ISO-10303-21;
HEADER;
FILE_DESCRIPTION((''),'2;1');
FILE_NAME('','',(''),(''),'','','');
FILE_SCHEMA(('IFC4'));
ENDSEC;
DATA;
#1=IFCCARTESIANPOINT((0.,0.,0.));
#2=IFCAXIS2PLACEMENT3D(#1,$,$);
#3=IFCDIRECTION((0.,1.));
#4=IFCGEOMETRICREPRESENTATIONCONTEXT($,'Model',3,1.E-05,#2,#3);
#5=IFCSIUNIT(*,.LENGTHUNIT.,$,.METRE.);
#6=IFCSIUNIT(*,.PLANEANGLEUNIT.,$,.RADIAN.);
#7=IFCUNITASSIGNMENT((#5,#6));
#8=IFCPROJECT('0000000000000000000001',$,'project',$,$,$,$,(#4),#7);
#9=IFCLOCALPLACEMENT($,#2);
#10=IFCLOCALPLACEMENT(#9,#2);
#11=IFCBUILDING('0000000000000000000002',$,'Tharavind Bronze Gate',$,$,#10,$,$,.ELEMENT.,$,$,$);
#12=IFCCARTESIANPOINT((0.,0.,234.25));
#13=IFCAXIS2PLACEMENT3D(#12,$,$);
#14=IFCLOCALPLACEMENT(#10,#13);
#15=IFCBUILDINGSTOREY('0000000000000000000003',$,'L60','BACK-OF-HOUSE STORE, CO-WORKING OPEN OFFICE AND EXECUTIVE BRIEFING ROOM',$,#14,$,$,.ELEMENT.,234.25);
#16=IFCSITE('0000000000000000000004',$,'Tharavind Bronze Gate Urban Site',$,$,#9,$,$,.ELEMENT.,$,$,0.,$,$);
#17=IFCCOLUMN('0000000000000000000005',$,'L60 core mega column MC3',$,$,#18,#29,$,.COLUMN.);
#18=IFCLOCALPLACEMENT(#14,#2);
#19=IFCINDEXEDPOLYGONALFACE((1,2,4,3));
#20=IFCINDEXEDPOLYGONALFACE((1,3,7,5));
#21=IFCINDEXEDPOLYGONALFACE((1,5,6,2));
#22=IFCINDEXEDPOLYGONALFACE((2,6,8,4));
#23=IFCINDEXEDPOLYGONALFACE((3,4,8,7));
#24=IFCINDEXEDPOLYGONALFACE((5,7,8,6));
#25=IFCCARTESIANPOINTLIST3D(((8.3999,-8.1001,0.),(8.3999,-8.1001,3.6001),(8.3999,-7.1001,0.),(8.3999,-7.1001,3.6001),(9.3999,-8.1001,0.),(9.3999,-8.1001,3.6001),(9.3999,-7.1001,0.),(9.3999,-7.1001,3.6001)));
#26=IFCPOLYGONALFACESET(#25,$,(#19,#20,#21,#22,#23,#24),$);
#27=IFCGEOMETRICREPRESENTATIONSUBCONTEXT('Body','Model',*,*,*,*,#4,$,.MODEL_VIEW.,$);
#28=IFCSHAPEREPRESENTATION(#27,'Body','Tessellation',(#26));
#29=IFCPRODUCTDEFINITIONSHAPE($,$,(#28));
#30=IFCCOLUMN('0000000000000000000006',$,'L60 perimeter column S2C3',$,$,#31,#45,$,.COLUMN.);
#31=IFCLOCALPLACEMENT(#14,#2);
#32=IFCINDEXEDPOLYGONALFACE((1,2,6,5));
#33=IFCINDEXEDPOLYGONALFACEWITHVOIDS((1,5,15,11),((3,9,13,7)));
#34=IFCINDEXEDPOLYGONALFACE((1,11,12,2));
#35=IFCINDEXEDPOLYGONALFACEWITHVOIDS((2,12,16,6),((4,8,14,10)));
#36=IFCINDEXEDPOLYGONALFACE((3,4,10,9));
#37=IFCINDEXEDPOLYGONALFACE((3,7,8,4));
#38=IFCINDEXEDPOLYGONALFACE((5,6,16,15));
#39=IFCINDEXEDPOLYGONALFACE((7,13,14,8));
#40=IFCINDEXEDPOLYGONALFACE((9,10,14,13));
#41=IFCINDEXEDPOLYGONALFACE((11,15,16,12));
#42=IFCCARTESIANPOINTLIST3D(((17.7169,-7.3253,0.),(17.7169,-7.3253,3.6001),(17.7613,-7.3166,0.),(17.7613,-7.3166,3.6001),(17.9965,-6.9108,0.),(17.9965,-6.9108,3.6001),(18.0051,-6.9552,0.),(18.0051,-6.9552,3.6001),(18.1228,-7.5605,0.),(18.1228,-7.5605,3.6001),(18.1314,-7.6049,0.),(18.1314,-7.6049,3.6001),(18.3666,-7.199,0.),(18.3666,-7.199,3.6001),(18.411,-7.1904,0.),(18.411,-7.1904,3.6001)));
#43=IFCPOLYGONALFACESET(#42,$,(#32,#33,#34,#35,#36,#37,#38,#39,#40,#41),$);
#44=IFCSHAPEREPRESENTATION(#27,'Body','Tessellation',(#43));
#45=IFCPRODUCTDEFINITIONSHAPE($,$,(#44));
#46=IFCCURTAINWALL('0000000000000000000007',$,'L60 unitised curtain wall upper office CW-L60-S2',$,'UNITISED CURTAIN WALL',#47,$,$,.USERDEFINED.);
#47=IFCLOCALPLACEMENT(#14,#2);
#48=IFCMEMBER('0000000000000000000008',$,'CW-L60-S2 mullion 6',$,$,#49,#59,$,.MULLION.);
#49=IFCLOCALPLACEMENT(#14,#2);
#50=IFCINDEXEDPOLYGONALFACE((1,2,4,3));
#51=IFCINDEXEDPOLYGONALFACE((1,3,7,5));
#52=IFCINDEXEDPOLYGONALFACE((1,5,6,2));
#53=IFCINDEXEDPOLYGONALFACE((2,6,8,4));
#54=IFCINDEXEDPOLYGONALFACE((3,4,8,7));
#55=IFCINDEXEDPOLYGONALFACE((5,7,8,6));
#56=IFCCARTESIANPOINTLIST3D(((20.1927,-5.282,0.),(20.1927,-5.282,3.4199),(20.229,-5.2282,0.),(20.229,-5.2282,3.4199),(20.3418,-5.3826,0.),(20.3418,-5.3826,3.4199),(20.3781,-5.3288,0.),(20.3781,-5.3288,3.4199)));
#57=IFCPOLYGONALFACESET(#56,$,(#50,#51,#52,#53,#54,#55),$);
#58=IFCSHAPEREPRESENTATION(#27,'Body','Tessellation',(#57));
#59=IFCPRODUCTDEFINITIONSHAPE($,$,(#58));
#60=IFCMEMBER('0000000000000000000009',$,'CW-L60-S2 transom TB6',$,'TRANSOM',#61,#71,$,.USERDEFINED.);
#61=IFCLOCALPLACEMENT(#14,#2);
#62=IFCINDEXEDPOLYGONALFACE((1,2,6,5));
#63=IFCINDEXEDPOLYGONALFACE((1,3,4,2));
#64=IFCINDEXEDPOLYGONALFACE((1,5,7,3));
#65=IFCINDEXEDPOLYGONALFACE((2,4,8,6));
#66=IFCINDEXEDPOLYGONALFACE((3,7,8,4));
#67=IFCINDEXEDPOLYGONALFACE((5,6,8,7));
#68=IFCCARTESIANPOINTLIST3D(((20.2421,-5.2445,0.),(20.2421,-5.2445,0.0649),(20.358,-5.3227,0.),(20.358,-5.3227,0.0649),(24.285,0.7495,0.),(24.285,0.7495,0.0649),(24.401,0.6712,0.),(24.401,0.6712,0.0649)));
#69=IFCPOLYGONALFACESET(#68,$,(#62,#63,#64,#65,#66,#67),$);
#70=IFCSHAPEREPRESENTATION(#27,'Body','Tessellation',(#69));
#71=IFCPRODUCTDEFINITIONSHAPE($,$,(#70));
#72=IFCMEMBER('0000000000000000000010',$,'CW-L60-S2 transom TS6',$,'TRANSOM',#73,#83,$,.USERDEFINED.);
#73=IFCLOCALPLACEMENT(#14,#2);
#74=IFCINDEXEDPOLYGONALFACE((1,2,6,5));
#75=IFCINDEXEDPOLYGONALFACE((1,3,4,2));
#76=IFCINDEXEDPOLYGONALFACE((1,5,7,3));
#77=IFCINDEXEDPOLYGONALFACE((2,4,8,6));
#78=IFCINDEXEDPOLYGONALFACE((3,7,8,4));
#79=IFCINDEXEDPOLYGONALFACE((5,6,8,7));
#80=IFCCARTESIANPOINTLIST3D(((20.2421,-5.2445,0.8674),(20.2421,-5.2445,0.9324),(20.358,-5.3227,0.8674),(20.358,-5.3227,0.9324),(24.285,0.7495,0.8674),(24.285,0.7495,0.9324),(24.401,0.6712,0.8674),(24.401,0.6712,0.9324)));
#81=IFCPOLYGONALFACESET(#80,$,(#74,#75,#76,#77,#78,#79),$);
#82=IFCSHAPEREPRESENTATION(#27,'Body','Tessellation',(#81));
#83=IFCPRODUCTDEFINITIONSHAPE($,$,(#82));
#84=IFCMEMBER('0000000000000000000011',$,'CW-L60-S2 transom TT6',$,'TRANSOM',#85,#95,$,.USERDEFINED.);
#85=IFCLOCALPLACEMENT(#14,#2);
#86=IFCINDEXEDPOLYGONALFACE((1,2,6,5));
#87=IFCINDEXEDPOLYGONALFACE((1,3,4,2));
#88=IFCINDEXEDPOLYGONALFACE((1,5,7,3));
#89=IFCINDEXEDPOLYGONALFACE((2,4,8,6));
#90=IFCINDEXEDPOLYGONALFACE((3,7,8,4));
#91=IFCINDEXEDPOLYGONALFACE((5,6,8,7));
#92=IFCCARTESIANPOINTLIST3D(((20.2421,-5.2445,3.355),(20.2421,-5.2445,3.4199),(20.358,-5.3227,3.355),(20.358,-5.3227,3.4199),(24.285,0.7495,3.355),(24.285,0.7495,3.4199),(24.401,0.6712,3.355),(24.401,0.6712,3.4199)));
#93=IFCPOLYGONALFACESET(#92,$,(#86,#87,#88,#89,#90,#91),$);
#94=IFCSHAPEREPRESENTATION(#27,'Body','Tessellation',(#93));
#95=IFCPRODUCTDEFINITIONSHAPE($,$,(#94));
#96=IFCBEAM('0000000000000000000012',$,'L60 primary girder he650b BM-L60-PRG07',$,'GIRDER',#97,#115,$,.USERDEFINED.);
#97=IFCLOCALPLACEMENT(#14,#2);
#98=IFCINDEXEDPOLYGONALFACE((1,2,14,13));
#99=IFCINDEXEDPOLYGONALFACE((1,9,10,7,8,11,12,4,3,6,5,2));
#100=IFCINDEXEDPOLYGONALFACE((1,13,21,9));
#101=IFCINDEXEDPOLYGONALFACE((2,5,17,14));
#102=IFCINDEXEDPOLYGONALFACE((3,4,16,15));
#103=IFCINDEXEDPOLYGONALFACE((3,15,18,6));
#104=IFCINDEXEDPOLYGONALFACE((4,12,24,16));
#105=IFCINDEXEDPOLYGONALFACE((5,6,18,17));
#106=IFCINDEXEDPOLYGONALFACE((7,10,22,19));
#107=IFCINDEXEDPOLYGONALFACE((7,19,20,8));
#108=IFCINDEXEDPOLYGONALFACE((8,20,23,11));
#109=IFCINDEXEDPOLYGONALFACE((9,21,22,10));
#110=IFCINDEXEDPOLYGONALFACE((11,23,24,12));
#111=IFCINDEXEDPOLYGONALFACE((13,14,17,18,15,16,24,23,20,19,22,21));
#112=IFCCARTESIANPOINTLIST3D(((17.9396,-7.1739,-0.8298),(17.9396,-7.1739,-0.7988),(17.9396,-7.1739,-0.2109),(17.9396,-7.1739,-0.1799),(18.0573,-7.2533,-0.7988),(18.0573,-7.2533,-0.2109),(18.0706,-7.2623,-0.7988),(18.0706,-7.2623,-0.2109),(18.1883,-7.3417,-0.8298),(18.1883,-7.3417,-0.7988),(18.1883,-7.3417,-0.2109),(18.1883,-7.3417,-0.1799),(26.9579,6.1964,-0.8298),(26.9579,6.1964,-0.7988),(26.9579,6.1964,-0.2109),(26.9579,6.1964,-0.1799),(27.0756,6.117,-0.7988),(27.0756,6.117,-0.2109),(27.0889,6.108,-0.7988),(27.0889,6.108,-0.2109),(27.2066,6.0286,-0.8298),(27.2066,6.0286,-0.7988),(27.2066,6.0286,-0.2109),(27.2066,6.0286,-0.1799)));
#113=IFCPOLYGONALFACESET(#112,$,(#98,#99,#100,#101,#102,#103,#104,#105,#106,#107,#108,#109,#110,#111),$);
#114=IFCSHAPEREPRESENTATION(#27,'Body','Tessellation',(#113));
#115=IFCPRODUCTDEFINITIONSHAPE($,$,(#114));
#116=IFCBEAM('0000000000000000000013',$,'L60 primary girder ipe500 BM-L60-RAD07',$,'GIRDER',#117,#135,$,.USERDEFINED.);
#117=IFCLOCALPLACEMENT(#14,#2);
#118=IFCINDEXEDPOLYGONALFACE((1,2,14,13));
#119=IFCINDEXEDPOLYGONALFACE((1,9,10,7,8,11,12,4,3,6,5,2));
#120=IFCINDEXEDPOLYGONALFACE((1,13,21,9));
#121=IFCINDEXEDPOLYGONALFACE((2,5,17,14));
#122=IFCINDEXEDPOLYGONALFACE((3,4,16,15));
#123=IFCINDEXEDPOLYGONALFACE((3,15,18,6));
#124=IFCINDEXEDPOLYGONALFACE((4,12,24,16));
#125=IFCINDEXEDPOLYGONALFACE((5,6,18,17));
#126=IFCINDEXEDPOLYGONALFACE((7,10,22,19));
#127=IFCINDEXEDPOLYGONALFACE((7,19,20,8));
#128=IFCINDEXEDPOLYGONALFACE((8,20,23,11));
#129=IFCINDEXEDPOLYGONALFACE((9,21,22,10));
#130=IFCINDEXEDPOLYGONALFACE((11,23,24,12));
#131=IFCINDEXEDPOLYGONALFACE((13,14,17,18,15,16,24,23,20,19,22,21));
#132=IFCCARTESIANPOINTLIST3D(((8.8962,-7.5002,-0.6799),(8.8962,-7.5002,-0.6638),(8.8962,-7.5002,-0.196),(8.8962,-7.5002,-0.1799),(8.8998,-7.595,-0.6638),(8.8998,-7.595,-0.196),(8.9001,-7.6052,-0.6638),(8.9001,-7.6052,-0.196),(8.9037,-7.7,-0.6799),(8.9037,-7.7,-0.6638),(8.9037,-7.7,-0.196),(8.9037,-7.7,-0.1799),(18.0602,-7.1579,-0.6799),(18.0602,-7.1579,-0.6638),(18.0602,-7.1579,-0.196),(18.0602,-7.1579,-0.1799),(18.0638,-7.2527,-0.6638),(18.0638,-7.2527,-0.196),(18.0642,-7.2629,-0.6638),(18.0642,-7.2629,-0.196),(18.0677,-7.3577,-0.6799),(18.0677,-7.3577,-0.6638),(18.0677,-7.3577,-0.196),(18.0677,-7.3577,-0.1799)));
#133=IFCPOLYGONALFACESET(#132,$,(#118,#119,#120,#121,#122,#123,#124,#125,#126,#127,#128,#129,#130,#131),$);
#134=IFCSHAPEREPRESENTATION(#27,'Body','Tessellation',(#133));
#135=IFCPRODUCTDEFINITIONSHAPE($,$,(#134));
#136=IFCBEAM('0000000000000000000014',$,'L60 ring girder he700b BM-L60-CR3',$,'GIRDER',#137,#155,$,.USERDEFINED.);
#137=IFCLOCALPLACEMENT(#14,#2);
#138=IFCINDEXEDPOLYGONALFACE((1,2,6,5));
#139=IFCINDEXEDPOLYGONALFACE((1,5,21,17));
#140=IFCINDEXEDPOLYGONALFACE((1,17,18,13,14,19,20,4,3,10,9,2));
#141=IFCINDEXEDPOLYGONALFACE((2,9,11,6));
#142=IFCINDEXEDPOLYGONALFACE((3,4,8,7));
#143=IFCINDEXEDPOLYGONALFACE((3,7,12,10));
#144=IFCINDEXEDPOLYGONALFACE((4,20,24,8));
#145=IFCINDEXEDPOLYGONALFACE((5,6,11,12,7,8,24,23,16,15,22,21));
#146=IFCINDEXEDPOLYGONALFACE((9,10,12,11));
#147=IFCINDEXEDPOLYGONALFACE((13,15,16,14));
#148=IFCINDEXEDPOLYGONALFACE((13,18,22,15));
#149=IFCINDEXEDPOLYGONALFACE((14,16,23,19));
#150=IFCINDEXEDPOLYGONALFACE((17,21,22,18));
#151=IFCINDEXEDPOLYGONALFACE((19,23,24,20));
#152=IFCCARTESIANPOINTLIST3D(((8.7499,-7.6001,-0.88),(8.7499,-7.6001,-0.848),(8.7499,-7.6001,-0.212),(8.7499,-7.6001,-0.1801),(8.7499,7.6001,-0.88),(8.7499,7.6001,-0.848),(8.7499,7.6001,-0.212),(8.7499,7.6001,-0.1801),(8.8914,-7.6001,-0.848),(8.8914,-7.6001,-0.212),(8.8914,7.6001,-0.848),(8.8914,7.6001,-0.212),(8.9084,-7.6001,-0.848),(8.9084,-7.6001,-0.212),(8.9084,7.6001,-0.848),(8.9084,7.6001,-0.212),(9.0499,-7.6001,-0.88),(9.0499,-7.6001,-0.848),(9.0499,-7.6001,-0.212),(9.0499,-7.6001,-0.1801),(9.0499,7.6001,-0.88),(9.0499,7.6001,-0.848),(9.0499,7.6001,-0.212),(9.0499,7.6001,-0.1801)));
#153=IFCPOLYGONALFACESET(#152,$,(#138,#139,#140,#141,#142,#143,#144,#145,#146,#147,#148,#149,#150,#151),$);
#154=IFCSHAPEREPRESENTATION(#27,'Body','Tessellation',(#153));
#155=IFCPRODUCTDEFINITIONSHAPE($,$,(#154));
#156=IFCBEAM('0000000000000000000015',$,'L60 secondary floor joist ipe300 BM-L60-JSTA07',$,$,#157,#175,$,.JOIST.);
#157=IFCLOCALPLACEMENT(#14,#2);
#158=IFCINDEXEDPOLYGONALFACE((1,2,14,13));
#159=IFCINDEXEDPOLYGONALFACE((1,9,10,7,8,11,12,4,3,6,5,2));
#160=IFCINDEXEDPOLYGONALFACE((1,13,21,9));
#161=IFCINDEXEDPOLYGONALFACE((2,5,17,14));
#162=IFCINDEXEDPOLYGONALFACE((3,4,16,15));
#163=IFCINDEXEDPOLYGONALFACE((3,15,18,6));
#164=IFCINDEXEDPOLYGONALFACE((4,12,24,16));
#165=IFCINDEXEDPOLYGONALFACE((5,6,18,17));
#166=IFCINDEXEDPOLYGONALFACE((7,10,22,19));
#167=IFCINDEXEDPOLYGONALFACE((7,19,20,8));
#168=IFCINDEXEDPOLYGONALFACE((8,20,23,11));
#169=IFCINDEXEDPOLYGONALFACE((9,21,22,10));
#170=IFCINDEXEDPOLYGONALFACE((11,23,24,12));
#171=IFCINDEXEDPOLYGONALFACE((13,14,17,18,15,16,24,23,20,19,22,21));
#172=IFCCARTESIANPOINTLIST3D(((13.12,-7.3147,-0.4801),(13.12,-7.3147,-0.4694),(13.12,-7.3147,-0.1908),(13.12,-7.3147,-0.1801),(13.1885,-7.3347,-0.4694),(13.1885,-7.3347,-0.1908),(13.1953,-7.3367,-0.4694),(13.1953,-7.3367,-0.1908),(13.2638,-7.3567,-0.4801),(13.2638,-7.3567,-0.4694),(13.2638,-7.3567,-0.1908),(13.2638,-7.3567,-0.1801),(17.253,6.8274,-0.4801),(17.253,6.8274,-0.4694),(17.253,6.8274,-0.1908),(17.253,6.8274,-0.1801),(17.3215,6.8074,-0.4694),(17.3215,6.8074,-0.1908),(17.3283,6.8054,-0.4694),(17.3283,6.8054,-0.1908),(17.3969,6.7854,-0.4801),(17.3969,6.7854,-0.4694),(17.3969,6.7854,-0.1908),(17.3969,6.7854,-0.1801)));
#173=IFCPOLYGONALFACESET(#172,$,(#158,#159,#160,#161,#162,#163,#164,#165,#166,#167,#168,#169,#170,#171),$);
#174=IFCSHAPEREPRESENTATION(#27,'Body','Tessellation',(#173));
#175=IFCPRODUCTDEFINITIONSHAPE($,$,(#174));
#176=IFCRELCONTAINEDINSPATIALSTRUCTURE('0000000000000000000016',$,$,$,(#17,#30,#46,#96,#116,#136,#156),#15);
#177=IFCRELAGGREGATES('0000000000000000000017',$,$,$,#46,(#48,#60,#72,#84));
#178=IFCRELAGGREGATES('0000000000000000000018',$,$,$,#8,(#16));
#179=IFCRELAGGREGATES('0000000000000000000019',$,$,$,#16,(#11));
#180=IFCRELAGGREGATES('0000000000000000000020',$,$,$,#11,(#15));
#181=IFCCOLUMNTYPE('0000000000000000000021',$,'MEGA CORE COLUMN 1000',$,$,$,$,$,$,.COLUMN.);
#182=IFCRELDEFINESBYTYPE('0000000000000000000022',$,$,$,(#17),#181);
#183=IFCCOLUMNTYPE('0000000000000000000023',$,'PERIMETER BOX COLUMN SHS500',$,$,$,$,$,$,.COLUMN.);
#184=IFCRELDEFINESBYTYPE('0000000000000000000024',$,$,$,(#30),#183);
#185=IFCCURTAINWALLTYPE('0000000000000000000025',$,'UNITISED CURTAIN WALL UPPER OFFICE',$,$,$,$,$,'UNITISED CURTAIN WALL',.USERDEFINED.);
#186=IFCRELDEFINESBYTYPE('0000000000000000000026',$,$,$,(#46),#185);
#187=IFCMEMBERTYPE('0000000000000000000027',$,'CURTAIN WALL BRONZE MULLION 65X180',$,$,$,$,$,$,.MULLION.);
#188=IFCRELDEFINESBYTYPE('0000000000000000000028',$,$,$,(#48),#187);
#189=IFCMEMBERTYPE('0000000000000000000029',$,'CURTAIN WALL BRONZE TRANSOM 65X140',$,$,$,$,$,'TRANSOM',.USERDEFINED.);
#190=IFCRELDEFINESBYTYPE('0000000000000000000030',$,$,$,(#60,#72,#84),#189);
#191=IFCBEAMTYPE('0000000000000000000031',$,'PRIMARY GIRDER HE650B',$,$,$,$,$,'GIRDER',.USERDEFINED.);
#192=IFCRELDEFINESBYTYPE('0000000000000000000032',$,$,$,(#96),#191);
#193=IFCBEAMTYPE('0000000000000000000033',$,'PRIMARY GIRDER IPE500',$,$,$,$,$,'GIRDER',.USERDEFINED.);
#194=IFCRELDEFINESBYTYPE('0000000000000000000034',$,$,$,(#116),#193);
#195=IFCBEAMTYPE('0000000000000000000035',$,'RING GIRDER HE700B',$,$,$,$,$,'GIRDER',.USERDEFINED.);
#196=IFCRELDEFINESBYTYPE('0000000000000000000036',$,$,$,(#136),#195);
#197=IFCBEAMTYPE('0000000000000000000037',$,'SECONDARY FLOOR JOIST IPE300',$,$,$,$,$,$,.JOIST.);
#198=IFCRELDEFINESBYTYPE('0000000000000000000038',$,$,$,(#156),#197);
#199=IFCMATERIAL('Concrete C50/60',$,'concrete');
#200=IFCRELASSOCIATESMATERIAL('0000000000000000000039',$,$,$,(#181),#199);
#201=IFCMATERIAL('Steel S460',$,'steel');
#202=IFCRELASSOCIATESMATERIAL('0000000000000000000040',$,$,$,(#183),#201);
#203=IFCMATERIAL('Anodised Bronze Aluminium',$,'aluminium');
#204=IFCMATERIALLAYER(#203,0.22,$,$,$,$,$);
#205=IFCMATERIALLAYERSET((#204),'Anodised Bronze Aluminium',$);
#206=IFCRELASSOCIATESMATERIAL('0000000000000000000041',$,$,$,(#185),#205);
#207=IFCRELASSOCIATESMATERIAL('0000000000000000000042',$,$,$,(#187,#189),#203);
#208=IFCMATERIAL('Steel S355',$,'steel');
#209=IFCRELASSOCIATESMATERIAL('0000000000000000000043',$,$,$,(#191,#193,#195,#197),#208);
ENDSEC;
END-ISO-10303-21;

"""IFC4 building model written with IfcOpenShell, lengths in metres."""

from ifc_helpers import new_model, si_unit, direction, frame, origin, origin_2d, place, context, subcontext, project, spatial, rectangle, hollow_rectangle, i_section, extrude, material, layer, layer_set, material_profile, profile_set, type_object, element, aggregate, save


model = new_model("IFC4")

# Units and contexts
model_context = context("Model", 3, precision=1e-05, world=origin(), true_north=direction((0.0, 1.0)))
body_context = subcontext(model_context, "Body", "Model", "MODEL_VIEW")
ifc_project = project(units=[si_unit("LENGTHUNIT", "METRE"), si_unit("PLANEANGLEUNIT", "RADIAN")], contexts=[model_context])

# Site, building, storey
site_placement = place(None, origin())
site = spatial("IfcSite", under=ifc_project, at=site_placement, Name="Tharavind Bronze Gate Urban Site", CompositionType="ELEMENT", RefElevation=0.0)
building_placement = place(site_placement, origin())
building = spatial("IfcBuilding", under=site, at=building_placement, Name="Tharavind Bronze Gate", CompositionType="ELEMENT")
storey_placement = place(building_placement, frame((0.0, 0.0, 234.25)))
storey = spatial("IfcBuildingStorey", under=building, at=storey_placement, Name="L60", Description="BACK-OF-HOUSE STORE, CO-WORKING OPEN OFFICE AND EXECUTIVE BRIEFING ROOM", CompositionType="ELEMENT", Elevation=234.25)

# Columns
ifc_material_1 = material(Name="Concrete C50/60", Category="concrete")
ifc_material_profile_1 = material_profile(ifc_material_1, rectangle(XDim=1.0, YDim=1.0, at=origin_2d()), Name="RCCOL1000")
ifc_profile_set_1 = profile_set([ifc_material_profile_1], Name="Concrete C50/60")
column_type_1 = type_object("IfcColumnType", Name="MEGA CORE COLUMN 1000", PredefinedType="COLUMN", material=ifc_profile_set_1)
column_1_placement = place(storey_placement, frame((8.8999, -7.6001, 0.0), z_axis=(0.0, 0.0, 1.0), x_axis=(1.0, 0.0, 0.0)))
element("IfcColumn", 1, at=column_1_placement, inside=storey, type_object=column_type_1, Name="L60 core mega column MC3", PredefinedType="COLUMN", context=body_context, shape_type="SweptSolid", body=[
    extrude(rectangle(XDim=1.0, YDim=1.0, at=origin_2d()), origin(), (0.0, 0.0, 1.0), 3.6001),
])
ifc_material_2 = material(Name="Steel S460", Category="steel")
ifc_material_profile_2 = material_profile(ifc_material_2, hollow_rectangle(XDim=0.5, YDim=0.5, WallThickness=0.032, at=origin_2d()), Name="SHS500X32")
ifc_profile_set_2 = profile_set([ifc_material_profile_2], Name="Steel S460")
column_type_2 = type_object("IfcColumnType", Name="PERIMETER BOX COLUMN SHS500", PredefinedType="COLUMN", material=ifc_profile_set_2)
column_2_placement = place(storey_placement, frame((18.064, -7.2578, 0.0), z_axis=(0.0, 0.0, 1.0), x_axis=(0.559194, 0.829037, 0.0)))
element("IfcColumn", 2, at=column_2_placement, inside=storey, type_object=column_type_2, Name="L60 perimeter column S2C3", PredefinedType="COLUMN", context=body_context, shape_type="SweptSolid", body=[
    extrude(hollow_rectangle(XDim=0.5, YDim=0.5, WallThickness=0.032, at=origin_2d()), origin(), (0.0, 0.0, 1.0), 3.6001),
])

# Curtain wall, members
ifc_material_3 = material(Name="Anodised Bronze Aluminium", Category="aluminium")
ifc_layer_1 = layer(ifc_material_3, 0.22)
ifc_layer_set_1 = layer_set([ifc_layer_1], Name="Anodised Bronze Aluminium")
curtain_wall_type = type_object("IfcCurtainWallType", Name="UNITISED CURTAIN WALL UPPER OFFICE", ElementType="UNITISED CURTAIN WALL", PredefinedType="USERDEFINED", material=ifc_layer_set_1)
curtain_wall_placement = place(storey_placement, origin())
curtain_wall = element("IfcCurtainWall", 3, at=curtain_wall_placement, inside=storey, type_object=curtain_wall_type, Name="L60 unitised curtain wall upper office CW-L60-S2", ObjectType="UNITISED CURTAIN WALL", PredefinedType="USERDEFINED")
member_type_1 = type_object("IfcMemberType", Name="CURTAIN WALL BRONZE MULLION 65X180", PredefinedType="MULLION", material=ifc_material_3)
member_1_placement = place(storey_placement, frame((20.2854, -5.3054, 0.0), z_axis=(0.0, 0.0, 1.0), x_axis=(0.559193, 0.829038, 0.0)))
member_1 = element("IfcMember", 4, at=member_1_placement, type_object=member_type_1, Name="CW-L60-S2 mullion 6", PredefinedType="MULLION", context=body_context, shape_type="SweptSolid", body=[
    extrude(rectangle(XDim=0.0649, YDim=0.1799, at=origin_2d()), origin(), (0.0, 0.0, 1.0), 3.4199),
])
member_type_2 = type_object("IfcMemberType", Name="CURTAIN WALL BRONZE TRANSOM 65X140", ElementType="TRANSOM", PredefinedType="USERDEFINED", material=ifc_material_3)
member_2_placement = place(storey_placement, frame((22.3215, -2.2866, 0.0), z_axis=(0.0, 0.0, 1.0), x_axis=(0.559193, 0.829038, 0.0)))
member_2 = element("IfcMember", 5, at=member_2_placement, type_object=member_type_2, Name="CW-L60-S2 transom TB6", ObjectType="TRANSOM", PredefinedType="USERDEFINED", context=body_context, shape_type="SweptSolid", body=[
    extrude(rectangle(XDim=7.23, YDim=0.1399, at=origin_2d()), origin(), (0.0, 0.0, 1.0), 0.0649),
])
member_3_placement = place(storey_placement, frame((22.3215, -2.2866, 0.8674), z_axis=(0.0, 0.0, 1.0), x_axis=(0.559193, 0.829038, 0.0)))
member_3 = element("IfcMember", 6, at=member_3_placement, type_object=member_type_2, Name="CW-L60-S2 transom TS6", ObjectType="TRANSOM", PredefinedType="USERDEFINED", context=body_context, shape_type="SweptSolid", body=[
    extrude(rectangle(XDim=7.23, YDim=0.1399, at=origin_2d()), origin(), (0.0, 0.0, 1.0), 0.0649),
])
member_4_placement = place(storey_placement, frame((22.3215, -2.2866, 3.355), z_axis=(0.0, 0.0, 1.0), x_axis=(0.559193, 0.829038, 0.0)))
member_4 = element("IfcMember", 7, at=member_4_placement, type_object=member_type_2, Name="CW-L60-S2 transom TT6", ObjectType="TRANSOM", PredefinedType="USERDEFINED", context=body_context, shape_type="SweptSolid", body=[
    extrude(rectangle(XDim=7.23, YDim=0.1399, at=origin_2d()), origin(), (0.0, 0.0, 1.0), 0.0649),
])

# Beams
ifc_material_4 = material(Name="Steel S355", Category="steel")
ifc_material_profile_3 = material_profile(ifc_material_4, i_section(OverallWidth=0.3, OverallDepth=0.6499, WebThickness=0.0161, FlangeThickness=0.031, at=origin_2d()), Name="HE650B")
ifc_profile_set_3 = profile_set([ifc_material_profile_3], Name="Steel S355")
beam_type_1 = type_object("IfcBeamType", Name="PRIMARY GIRDER HE650B", ElementType="GIRDER", PredefinedType="USERDEFINED", material=ifc_profile_set_3)
beam_1_placement = place(storey_placement, frame((18.064, -7.2578, -0.5049), z_axis=(0.559188, 0.829041, 0.0), x_axis=(-0.829041, 0.559188, 0.0)))
element("IfcBeam", 8, at=beam_1_placement, inside=storey, type_object=beam_type_1, Name="L60 primary girder he650b BM-L60-PRG07", ObjectType="GIRDER", PredefinedType="USERDEFINED", context=body_context, shape_type="SweptSolid", body=[
    extrude(i_section(OverallWidth=0.3, OverallDepth=0.6499, WebThickness=0.0161, FlangeThickness=0.031, at=origin_2d()), origin(), (0.0, 0.0, 1.0), 16.1274),
])
ifc_material_profile_4 = material_profile(ifc_material_4, i_section(OverallWidth=0.2, OverallDepth=0.5, WebThickness=0.0103, FlangeThickness=0.0161, at=origin_2d()), Name="IPE500")
ifc_profile_set_4 = profile_set([ifc_material_profile_4], Name="Steel S355")
beam_type_2 = type_object("IfcBeamType", Name="PRIMARY GIRDER IPE500", ElementType="GIRDER", PredefinedType="USERDEFINED", material=ifc_profile_set_4)
beam_2_placement = place(storey_placement, frame((18.064, -7.2578, -0.4299), z_axis=(-0.999303, -0.037325, 0.0), x_axis=(0.037325, -0.999303, 0.0)))
element("IfcBeam", 9, at=beam_2_placement, inside=storey, type_object=beam_type_2, Name="L60 primary girder ipe500 BM-L60-RAD07", ObjectType="GIRDER", PredefinedType="USERDEFINED", context=body_context, shape_type="SweptSolid", body=[
    extrude(i_section(OverallWidth=0.2, OverallDepth=0.5, WebThickness=0.0103, FlangeThickness=0.0161, at=origin_2d()), origin(), (0.0, 0.0, 1.0), 9.1704),
])
ifc_material_profile_5 = material_profile(ifc_material_4, i_section(OverallWidth=0.3, OverallDepth=0.7, WebThickness=0.0171, FlangeThickness=0.032, at=origin_2d()), Name="HE700B")
ifc_profile_set_5 = profile_set([ifc_material_profile_5], Name="Steel S355")
beam_type_3 = type_object("IfcBeamType", Name="RING GIRDER HE700B", ElementType="GIRDER", PredefinedType="USERDEFINED", material=ifc_profile_set_5)
beam_3_placement = place(storey_placement, frame((8.8999, -7.6001, -0.53), z_axis=(0.0, 1.0, 0.0), x_axis=(-1.0, 0.0, 0.0)))
element("IfcBeam", 10, at=beam_3_placement, inside=storey, type_object=beam_type_3, Name="L60 ring girder he700b BM-L60-CR3", ObjectType="GIRDER", PredefinedType="USERDEFINED", context=body_context, shape_type="SweptSolid", body=[
    extrude(i_section(OverallWidth=0.3, OverallDepth=0.7, WebThickness=0.0171, FlangeThickness=0.032, at=origin_2d()), origin(), (0.0, 0.0, 1.0), 15.2002),
])
ifc_material_profile_6 = material_profile(ifc_material_4, i_section(OverallWidth=0.1499, OverallDepth=0.3, WebThickness=0.0071, FlangeThickness=0.0107, at=origin_2d()), Name="IPE300")
ifc_profile_set_6 = profile_set([ifc_material_profile_6], Name="Steel S355")
beam_type_4 = type_object("IfcBeamType", Name="SECONDARY FLOOR JOIST IPE300", PredefinedType="JOIST", material=ifc_profile_set_6)
beam_4_placement = place(storey_placement, frame((13.1919, -7.3357, -0.3301), z_axis=(0.280518, 0.959849, 0.0), x_axis=(-0.959849, 0.280518, 0.0)))
element("IfcBeam", 11, at=beam_4_placement, inside=storey, type_object=beam_type_4, Name="L60 secondary floor joist ipe300 BM-L60-JSTA07", PredefinedType="JOIST", context=body_context, shape_type="SweptSolid", body=[
    extrude(i_section(OverallWidth=0.1499, OverallDepth=0.3, WebThickness=0.0071, FlangeThickness=0.0107, at=origin_2d()), origin(), (0.0, 0.0, 1.0), 14.7336),
])

aggregate(curtain_wall, [member_1, member_2, member_3, member_4])

save(model, "model.ifc")
